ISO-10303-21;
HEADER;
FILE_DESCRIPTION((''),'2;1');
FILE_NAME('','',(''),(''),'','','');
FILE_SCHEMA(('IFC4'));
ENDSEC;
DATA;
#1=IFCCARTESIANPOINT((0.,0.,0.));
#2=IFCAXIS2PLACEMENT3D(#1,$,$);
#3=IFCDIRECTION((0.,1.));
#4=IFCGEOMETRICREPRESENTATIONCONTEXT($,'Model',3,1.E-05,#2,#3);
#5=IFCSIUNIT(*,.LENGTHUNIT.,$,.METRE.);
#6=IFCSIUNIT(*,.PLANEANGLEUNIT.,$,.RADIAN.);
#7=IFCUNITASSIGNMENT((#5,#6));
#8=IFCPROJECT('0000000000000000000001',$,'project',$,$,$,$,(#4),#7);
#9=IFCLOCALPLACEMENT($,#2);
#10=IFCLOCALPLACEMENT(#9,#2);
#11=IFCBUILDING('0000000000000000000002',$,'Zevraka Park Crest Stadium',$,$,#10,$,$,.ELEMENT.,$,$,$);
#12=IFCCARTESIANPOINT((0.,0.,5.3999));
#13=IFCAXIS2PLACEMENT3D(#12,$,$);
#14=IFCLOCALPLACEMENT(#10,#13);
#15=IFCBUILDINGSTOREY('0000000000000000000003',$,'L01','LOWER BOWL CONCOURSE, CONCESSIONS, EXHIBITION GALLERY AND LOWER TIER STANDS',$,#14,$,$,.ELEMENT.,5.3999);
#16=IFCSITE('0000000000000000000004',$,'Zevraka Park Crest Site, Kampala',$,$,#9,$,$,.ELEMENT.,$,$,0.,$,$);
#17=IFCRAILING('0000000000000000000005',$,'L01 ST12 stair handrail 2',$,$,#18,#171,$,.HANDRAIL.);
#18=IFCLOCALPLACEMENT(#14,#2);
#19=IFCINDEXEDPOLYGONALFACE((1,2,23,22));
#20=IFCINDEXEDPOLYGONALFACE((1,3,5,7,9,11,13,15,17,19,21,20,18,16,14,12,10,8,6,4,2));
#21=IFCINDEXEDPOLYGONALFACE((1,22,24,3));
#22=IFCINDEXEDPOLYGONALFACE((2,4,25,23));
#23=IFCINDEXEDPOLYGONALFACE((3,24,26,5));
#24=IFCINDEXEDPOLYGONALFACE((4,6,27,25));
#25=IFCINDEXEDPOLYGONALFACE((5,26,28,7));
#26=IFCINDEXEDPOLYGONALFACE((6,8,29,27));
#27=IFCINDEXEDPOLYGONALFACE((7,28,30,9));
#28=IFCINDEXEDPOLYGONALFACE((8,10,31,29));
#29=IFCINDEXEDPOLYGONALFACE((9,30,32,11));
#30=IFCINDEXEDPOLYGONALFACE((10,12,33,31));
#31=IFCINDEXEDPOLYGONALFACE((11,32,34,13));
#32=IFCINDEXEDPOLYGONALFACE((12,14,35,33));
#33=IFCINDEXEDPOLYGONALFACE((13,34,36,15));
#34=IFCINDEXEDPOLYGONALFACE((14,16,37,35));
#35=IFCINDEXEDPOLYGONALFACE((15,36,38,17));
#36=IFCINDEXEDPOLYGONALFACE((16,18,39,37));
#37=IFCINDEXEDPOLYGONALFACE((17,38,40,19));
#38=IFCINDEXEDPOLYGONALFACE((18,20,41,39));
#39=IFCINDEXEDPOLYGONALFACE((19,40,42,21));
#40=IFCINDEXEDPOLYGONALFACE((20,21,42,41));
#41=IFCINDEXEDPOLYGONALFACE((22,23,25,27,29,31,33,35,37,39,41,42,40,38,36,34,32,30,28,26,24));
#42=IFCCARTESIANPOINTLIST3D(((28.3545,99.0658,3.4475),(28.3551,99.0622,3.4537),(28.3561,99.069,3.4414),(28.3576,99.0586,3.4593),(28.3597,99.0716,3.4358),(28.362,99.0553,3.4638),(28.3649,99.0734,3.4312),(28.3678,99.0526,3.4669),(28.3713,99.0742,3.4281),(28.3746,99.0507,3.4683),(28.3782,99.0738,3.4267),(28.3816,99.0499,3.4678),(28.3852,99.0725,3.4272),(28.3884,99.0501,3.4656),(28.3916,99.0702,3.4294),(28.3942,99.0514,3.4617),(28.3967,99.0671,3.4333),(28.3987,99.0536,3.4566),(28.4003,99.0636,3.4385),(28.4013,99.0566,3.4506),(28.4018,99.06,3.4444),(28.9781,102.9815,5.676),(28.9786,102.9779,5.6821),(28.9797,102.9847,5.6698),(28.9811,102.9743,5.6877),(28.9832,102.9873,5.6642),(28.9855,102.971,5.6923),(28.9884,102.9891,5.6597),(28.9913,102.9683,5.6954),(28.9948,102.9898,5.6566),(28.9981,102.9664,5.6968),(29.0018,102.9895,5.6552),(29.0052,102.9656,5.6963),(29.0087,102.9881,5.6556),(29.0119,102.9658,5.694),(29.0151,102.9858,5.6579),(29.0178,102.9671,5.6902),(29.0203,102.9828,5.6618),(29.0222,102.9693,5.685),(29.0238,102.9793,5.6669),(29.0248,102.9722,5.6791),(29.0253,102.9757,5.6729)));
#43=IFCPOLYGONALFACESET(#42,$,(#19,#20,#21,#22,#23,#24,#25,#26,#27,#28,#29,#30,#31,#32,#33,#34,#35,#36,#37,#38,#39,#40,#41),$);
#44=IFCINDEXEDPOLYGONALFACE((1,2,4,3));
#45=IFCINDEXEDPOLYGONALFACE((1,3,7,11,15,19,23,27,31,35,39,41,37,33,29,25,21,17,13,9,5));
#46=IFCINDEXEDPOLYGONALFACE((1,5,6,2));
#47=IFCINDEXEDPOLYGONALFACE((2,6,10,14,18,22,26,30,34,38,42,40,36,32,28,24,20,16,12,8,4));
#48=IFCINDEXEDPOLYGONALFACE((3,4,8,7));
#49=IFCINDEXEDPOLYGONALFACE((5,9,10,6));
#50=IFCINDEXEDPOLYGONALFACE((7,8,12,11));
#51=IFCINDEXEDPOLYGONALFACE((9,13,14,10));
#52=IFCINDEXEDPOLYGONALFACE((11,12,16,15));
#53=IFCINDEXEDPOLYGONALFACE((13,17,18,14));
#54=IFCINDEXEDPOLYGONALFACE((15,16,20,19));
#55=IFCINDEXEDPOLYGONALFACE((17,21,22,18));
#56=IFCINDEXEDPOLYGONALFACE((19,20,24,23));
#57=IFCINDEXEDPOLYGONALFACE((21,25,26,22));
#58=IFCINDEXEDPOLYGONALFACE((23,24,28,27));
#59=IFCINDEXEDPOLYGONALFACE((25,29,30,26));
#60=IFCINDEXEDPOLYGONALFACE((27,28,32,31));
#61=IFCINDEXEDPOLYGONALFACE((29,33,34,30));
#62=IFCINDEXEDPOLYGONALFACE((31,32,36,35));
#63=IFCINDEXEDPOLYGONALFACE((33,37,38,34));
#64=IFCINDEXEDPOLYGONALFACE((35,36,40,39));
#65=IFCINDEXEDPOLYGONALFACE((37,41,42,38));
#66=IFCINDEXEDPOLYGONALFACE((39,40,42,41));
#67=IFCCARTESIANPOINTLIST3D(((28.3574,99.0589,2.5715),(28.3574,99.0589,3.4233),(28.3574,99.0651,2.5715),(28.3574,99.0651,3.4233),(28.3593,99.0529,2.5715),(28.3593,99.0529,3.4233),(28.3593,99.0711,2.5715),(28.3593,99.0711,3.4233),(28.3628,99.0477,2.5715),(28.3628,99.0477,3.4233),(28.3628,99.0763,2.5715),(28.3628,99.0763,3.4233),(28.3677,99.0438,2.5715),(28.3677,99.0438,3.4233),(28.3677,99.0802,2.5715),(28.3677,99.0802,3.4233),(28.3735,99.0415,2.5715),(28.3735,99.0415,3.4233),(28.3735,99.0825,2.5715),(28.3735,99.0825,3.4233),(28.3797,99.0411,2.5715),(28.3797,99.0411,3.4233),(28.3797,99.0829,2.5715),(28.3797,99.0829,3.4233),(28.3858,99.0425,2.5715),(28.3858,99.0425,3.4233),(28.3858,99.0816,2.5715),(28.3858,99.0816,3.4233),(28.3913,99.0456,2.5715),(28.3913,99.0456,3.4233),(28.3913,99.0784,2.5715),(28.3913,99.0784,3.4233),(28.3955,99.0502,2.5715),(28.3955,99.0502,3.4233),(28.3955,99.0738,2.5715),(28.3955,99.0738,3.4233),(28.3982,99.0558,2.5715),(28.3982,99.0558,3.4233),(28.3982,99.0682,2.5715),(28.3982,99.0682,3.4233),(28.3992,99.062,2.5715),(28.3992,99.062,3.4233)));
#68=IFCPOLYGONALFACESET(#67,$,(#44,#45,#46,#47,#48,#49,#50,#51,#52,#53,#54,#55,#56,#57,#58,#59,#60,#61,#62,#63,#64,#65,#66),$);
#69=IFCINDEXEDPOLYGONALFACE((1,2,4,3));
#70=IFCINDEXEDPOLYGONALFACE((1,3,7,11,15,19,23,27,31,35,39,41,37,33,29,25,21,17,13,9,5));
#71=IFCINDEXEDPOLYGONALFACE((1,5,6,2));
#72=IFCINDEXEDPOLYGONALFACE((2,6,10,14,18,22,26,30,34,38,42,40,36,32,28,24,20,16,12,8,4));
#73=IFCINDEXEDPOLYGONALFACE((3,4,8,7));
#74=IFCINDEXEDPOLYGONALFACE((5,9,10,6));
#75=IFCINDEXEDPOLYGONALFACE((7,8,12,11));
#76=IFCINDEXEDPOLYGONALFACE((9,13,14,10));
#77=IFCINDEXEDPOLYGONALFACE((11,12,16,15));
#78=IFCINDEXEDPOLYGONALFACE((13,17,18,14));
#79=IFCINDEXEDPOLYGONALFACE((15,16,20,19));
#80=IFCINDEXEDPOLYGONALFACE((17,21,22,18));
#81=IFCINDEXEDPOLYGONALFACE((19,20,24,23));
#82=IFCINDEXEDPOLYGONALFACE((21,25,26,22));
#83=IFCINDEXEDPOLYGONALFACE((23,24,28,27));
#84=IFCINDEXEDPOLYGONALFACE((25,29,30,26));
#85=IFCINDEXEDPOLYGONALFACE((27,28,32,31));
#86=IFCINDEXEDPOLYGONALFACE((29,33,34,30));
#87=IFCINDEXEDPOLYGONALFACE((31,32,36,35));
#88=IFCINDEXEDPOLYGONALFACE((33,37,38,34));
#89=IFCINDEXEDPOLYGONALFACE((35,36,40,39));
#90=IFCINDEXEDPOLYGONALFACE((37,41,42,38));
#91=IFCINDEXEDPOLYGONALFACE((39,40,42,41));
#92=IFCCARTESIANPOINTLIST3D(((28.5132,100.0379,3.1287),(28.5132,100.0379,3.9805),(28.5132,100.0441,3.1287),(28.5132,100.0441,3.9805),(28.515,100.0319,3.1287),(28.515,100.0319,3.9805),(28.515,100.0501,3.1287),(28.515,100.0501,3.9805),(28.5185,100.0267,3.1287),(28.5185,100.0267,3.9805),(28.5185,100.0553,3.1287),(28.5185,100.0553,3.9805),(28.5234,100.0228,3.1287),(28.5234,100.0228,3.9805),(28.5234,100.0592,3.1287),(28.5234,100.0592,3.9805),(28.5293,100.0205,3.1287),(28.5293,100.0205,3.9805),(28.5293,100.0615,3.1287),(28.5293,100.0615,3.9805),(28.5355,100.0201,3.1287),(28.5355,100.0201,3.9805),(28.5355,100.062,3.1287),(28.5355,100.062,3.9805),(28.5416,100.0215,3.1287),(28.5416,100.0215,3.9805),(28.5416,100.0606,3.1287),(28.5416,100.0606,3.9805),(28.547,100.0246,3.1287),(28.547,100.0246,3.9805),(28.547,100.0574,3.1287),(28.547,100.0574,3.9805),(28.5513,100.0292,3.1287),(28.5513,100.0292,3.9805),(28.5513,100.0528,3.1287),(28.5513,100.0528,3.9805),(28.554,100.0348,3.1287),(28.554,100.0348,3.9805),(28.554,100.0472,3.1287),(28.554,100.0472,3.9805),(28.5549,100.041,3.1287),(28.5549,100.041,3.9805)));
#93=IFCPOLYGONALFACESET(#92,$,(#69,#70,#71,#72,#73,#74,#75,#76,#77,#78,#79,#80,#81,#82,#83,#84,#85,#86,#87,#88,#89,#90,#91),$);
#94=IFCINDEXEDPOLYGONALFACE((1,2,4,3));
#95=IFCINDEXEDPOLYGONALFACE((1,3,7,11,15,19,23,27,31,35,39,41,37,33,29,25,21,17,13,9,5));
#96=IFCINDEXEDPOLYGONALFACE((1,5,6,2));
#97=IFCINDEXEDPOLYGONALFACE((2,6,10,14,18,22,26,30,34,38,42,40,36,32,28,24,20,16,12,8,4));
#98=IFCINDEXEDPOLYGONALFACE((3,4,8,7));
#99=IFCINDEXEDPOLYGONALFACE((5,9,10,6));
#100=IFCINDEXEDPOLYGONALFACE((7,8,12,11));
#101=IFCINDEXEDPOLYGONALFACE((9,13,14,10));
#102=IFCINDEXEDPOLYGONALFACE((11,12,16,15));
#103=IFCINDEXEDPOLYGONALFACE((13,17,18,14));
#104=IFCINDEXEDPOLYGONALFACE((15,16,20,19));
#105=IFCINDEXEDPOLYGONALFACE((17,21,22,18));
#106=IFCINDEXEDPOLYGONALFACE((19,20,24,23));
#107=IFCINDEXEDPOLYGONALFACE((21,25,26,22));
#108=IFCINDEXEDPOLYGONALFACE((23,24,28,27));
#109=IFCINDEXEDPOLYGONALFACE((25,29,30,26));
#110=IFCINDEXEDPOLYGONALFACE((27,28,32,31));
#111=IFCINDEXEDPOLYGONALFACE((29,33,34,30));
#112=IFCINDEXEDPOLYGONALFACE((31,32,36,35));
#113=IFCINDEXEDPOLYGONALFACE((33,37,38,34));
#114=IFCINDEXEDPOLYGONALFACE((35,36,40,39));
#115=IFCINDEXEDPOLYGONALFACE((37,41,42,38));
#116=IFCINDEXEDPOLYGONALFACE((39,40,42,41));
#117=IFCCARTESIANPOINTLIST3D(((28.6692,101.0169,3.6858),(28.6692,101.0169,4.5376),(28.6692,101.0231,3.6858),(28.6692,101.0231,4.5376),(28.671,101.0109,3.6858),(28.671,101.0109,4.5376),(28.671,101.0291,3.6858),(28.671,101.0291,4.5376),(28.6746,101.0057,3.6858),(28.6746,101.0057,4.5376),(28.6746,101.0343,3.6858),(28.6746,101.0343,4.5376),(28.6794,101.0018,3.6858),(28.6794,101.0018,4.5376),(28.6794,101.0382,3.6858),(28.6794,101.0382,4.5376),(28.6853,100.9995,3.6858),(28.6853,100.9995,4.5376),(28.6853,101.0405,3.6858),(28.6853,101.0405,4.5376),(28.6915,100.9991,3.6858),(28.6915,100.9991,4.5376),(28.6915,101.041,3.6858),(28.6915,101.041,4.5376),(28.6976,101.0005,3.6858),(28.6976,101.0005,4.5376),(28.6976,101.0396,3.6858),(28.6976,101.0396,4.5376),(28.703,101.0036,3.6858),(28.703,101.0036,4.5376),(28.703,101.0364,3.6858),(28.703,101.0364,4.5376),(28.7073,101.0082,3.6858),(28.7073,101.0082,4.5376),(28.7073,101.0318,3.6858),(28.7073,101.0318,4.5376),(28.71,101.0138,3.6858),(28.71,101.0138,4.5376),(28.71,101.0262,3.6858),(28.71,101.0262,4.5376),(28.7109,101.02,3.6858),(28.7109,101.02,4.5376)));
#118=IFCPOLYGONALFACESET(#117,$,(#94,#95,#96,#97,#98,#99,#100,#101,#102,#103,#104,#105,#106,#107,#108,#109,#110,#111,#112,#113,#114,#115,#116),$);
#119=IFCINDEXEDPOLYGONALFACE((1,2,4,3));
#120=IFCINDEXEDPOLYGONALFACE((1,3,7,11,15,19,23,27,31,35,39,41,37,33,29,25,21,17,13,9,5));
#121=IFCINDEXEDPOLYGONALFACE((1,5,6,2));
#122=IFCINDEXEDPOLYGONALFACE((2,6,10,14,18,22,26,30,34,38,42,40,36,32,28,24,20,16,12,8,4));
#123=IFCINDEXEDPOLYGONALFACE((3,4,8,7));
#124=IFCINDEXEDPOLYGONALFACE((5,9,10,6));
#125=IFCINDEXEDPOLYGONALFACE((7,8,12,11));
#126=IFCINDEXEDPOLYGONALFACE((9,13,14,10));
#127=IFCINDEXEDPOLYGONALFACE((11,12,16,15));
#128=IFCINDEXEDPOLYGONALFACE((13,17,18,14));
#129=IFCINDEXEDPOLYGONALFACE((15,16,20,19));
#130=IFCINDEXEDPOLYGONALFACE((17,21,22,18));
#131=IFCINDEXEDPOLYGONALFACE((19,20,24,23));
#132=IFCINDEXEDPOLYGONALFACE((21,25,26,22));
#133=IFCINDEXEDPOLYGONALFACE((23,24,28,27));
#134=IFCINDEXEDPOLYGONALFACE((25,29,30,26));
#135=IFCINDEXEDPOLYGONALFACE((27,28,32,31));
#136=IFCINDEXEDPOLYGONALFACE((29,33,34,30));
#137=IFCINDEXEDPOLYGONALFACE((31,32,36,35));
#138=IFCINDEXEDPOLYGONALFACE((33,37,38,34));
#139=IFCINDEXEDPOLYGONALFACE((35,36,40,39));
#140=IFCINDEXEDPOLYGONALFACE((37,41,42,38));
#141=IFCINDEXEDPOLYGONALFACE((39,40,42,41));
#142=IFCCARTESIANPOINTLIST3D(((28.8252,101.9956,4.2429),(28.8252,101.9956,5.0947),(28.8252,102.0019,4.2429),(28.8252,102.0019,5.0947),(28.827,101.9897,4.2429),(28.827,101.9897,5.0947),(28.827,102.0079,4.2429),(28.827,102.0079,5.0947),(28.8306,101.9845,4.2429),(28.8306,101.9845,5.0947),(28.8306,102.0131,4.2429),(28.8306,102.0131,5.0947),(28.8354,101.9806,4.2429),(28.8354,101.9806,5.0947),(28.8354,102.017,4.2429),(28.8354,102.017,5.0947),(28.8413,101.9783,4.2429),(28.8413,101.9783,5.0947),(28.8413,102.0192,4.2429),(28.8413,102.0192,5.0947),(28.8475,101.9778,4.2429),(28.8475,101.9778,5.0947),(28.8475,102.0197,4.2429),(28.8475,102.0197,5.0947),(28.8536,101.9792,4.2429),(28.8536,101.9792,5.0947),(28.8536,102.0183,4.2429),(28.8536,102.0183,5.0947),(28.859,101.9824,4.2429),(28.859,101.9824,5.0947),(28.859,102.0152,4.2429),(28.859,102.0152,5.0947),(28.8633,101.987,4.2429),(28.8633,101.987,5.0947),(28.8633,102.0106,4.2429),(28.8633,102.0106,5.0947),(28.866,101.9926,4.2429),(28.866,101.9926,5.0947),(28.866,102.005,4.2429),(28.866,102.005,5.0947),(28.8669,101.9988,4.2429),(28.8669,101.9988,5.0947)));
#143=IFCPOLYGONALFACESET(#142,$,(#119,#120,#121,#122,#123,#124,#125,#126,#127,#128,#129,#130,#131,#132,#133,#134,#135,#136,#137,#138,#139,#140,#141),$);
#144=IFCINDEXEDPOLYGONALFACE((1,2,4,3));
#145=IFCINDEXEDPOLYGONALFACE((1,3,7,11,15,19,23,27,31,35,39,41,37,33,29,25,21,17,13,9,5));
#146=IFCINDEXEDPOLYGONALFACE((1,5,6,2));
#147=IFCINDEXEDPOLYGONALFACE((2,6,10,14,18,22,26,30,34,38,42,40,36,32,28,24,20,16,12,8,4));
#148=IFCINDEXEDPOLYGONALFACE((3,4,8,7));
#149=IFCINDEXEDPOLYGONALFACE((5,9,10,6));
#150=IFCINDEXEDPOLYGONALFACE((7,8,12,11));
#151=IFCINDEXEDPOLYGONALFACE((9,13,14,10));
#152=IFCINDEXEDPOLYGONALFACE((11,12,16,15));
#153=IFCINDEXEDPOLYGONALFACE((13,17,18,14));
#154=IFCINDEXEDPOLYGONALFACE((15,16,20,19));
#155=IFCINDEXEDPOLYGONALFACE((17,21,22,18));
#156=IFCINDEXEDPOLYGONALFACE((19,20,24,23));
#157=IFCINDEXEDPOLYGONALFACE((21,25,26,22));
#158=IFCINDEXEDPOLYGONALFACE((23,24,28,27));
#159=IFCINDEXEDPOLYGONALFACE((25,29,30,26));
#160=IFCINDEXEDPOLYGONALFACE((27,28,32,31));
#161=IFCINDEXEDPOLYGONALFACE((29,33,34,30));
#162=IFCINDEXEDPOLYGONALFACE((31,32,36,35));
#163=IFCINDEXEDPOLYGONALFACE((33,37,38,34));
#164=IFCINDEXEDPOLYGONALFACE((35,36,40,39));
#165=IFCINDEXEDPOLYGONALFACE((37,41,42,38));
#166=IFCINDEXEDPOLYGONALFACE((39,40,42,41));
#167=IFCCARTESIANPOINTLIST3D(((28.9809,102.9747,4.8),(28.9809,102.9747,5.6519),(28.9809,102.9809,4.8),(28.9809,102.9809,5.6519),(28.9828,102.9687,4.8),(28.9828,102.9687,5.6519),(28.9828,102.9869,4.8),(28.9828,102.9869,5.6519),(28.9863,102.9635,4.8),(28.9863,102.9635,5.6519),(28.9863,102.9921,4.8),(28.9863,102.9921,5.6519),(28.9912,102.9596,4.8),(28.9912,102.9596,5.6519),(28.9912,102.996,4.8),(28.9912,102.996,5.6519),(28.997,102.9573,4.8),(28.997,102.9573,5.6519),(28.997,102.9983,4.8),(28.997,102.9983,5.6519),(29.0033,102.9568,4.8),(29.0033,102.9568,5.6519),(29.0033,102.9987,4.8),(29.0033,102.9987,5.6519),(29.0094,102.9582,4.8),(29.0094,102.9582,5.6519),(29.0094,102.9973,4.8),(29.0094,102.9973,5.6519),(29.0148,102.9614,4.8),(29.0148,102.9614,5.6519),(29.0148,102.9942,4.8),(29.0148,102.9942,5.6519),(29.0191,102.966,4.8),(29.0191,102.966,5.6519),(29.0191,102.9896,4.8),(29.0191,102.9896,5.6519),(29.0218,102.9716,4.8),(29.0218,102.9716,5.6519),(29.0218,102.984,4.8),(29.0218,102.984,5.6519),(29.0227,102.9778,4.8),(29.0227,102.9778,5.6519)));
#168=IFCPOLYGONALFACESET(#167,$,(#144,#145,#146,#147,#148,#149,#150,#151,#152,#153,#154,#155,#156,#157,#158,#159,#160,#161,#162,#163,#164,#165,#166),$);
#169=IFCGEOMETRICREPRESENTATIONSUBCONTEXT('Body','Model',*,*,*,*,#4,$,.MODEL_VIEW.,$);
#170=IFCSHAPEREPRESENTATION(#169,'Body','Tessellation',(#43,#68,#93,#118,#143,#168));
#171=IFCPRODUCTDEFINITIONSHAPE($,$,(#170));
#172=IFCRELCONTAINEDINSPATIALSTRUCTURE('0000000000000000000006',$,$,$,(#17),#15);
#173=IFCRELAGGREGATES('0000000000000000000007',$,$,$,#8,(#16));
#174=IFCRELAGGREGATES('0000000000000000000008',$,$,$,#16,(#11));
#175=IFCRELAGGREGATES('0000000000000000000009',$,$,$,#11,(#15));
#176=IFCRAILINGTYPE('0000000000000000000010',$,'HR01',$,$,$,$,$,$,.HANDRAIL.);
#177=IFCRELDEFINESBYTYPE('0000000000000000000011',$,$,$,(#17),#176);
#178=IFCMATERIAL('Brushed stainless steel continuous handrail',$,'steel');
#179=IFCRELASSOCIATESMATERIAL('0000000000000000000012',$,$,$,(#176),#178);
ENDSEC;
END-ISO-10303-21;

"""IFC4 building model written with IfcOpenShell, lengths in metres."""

from ifc_helpers import new_model, si_unit, direction, frame, origin, origin_2d, place, context, subcontext, project, spatial, circle, extrude, material, type_object, element, save


model = new_model("IFC4")

# Units and contexts
model_context = context("Model", 3, precision=1e-05, world=origin(), true_north=direction((0.0, 1.0)))
body_context = subcontext(model_context, "Body", "Model", "MODEL_VIEW")
ifc_project = project(units=[si_unit("LENGTHUNIT", "METRE"), si_unit("PLANEANGLEUNIT", "RADIAN")], contexts=[model_context])

# Site, building, storey
site_placement = place(None, origin())
site = spatial("IfcSite", under=ifc_project, at=site_placement, Name="Zevraka Park Crest Site, Kampala", CompositionType="ELEMENT", RefElevation=0.0)
building_placement = place(site_placement, origin())
building = spatial("IfcBuilding", under=site, at=building_placement, Name="Zevraka Park Crest Stadium", CompositionType="ELEMENT")
storey_placement = place(building_placement, frame((0.0, 0.0, 5.3999)))
storey = spatial("IfcBuildingStorey", under=building, at=storey_placement, Name="L01", Description="LOWER BOWL CONCOURSE, CONCESSIONS, EXHIBITION GALLERY AND LOWER TIER STANDS", CompositionType="ELEMENT", Elevation=5.3999)

# Railing
ifc_material_1 = material(Name="Brushed stainless steel continuous handrail", Category="steel")
railing_type_1 = type_object("IfcRailingType", Name="HR01", PredefinedType="HANDRAIL", material=ifc_material_1)
railing_1_placement = place(storey_placement, frame((28.3782, 99.062, 2.5715)))
element("IfcRailing", 1, at=railing_1_placement, inside=storey, type_object=railing_type_1, Name="L01 ST12 stair handrail 2", PredefinedType="HANDRAIL", context=body_context, shape_type="SweptSolid", body=[
    extrude(circle(Radius=0.0239, at=origin_2d()), frame((0.0, 0.0, 0.876), z_axis=(0.137088, 0.860903, 0.489951), x_axis=(-0.987558, 0.157256, 0.0)), (0.0, 0.0, 1.0), 4.5483),
    extrude(circle(Radius=0.021, at=origin_2d()), origin(), (0.0, 0.0, 1.0), 0.8518),
    extrude(circle(Radius=0.021, at=origin_2d()), frame((0.1558, 0.979, 0.5571)), (0.0, 0.0, 1.0), 0.8518),
    extrude(circle(Radius=0.021, at=origin_2d()), frame((0.3118, 1.958, 1.1143)), (0.0, 0.0, 1.0), 0.8518),
    extrude(circle(Radius=0.021, at=origin_2d()), frame((0.4678, 2.9368, 1.6714)), (0.0, 0.0, 1.0), 0.8518),
    extrude(circle(Radius=0.021, at=origin_2d()), frame((0.6235, 3.9158, 2.2285)), (0.0, 0.0, 1.0), 0.8518),
])

save(model, "model.ifc")
